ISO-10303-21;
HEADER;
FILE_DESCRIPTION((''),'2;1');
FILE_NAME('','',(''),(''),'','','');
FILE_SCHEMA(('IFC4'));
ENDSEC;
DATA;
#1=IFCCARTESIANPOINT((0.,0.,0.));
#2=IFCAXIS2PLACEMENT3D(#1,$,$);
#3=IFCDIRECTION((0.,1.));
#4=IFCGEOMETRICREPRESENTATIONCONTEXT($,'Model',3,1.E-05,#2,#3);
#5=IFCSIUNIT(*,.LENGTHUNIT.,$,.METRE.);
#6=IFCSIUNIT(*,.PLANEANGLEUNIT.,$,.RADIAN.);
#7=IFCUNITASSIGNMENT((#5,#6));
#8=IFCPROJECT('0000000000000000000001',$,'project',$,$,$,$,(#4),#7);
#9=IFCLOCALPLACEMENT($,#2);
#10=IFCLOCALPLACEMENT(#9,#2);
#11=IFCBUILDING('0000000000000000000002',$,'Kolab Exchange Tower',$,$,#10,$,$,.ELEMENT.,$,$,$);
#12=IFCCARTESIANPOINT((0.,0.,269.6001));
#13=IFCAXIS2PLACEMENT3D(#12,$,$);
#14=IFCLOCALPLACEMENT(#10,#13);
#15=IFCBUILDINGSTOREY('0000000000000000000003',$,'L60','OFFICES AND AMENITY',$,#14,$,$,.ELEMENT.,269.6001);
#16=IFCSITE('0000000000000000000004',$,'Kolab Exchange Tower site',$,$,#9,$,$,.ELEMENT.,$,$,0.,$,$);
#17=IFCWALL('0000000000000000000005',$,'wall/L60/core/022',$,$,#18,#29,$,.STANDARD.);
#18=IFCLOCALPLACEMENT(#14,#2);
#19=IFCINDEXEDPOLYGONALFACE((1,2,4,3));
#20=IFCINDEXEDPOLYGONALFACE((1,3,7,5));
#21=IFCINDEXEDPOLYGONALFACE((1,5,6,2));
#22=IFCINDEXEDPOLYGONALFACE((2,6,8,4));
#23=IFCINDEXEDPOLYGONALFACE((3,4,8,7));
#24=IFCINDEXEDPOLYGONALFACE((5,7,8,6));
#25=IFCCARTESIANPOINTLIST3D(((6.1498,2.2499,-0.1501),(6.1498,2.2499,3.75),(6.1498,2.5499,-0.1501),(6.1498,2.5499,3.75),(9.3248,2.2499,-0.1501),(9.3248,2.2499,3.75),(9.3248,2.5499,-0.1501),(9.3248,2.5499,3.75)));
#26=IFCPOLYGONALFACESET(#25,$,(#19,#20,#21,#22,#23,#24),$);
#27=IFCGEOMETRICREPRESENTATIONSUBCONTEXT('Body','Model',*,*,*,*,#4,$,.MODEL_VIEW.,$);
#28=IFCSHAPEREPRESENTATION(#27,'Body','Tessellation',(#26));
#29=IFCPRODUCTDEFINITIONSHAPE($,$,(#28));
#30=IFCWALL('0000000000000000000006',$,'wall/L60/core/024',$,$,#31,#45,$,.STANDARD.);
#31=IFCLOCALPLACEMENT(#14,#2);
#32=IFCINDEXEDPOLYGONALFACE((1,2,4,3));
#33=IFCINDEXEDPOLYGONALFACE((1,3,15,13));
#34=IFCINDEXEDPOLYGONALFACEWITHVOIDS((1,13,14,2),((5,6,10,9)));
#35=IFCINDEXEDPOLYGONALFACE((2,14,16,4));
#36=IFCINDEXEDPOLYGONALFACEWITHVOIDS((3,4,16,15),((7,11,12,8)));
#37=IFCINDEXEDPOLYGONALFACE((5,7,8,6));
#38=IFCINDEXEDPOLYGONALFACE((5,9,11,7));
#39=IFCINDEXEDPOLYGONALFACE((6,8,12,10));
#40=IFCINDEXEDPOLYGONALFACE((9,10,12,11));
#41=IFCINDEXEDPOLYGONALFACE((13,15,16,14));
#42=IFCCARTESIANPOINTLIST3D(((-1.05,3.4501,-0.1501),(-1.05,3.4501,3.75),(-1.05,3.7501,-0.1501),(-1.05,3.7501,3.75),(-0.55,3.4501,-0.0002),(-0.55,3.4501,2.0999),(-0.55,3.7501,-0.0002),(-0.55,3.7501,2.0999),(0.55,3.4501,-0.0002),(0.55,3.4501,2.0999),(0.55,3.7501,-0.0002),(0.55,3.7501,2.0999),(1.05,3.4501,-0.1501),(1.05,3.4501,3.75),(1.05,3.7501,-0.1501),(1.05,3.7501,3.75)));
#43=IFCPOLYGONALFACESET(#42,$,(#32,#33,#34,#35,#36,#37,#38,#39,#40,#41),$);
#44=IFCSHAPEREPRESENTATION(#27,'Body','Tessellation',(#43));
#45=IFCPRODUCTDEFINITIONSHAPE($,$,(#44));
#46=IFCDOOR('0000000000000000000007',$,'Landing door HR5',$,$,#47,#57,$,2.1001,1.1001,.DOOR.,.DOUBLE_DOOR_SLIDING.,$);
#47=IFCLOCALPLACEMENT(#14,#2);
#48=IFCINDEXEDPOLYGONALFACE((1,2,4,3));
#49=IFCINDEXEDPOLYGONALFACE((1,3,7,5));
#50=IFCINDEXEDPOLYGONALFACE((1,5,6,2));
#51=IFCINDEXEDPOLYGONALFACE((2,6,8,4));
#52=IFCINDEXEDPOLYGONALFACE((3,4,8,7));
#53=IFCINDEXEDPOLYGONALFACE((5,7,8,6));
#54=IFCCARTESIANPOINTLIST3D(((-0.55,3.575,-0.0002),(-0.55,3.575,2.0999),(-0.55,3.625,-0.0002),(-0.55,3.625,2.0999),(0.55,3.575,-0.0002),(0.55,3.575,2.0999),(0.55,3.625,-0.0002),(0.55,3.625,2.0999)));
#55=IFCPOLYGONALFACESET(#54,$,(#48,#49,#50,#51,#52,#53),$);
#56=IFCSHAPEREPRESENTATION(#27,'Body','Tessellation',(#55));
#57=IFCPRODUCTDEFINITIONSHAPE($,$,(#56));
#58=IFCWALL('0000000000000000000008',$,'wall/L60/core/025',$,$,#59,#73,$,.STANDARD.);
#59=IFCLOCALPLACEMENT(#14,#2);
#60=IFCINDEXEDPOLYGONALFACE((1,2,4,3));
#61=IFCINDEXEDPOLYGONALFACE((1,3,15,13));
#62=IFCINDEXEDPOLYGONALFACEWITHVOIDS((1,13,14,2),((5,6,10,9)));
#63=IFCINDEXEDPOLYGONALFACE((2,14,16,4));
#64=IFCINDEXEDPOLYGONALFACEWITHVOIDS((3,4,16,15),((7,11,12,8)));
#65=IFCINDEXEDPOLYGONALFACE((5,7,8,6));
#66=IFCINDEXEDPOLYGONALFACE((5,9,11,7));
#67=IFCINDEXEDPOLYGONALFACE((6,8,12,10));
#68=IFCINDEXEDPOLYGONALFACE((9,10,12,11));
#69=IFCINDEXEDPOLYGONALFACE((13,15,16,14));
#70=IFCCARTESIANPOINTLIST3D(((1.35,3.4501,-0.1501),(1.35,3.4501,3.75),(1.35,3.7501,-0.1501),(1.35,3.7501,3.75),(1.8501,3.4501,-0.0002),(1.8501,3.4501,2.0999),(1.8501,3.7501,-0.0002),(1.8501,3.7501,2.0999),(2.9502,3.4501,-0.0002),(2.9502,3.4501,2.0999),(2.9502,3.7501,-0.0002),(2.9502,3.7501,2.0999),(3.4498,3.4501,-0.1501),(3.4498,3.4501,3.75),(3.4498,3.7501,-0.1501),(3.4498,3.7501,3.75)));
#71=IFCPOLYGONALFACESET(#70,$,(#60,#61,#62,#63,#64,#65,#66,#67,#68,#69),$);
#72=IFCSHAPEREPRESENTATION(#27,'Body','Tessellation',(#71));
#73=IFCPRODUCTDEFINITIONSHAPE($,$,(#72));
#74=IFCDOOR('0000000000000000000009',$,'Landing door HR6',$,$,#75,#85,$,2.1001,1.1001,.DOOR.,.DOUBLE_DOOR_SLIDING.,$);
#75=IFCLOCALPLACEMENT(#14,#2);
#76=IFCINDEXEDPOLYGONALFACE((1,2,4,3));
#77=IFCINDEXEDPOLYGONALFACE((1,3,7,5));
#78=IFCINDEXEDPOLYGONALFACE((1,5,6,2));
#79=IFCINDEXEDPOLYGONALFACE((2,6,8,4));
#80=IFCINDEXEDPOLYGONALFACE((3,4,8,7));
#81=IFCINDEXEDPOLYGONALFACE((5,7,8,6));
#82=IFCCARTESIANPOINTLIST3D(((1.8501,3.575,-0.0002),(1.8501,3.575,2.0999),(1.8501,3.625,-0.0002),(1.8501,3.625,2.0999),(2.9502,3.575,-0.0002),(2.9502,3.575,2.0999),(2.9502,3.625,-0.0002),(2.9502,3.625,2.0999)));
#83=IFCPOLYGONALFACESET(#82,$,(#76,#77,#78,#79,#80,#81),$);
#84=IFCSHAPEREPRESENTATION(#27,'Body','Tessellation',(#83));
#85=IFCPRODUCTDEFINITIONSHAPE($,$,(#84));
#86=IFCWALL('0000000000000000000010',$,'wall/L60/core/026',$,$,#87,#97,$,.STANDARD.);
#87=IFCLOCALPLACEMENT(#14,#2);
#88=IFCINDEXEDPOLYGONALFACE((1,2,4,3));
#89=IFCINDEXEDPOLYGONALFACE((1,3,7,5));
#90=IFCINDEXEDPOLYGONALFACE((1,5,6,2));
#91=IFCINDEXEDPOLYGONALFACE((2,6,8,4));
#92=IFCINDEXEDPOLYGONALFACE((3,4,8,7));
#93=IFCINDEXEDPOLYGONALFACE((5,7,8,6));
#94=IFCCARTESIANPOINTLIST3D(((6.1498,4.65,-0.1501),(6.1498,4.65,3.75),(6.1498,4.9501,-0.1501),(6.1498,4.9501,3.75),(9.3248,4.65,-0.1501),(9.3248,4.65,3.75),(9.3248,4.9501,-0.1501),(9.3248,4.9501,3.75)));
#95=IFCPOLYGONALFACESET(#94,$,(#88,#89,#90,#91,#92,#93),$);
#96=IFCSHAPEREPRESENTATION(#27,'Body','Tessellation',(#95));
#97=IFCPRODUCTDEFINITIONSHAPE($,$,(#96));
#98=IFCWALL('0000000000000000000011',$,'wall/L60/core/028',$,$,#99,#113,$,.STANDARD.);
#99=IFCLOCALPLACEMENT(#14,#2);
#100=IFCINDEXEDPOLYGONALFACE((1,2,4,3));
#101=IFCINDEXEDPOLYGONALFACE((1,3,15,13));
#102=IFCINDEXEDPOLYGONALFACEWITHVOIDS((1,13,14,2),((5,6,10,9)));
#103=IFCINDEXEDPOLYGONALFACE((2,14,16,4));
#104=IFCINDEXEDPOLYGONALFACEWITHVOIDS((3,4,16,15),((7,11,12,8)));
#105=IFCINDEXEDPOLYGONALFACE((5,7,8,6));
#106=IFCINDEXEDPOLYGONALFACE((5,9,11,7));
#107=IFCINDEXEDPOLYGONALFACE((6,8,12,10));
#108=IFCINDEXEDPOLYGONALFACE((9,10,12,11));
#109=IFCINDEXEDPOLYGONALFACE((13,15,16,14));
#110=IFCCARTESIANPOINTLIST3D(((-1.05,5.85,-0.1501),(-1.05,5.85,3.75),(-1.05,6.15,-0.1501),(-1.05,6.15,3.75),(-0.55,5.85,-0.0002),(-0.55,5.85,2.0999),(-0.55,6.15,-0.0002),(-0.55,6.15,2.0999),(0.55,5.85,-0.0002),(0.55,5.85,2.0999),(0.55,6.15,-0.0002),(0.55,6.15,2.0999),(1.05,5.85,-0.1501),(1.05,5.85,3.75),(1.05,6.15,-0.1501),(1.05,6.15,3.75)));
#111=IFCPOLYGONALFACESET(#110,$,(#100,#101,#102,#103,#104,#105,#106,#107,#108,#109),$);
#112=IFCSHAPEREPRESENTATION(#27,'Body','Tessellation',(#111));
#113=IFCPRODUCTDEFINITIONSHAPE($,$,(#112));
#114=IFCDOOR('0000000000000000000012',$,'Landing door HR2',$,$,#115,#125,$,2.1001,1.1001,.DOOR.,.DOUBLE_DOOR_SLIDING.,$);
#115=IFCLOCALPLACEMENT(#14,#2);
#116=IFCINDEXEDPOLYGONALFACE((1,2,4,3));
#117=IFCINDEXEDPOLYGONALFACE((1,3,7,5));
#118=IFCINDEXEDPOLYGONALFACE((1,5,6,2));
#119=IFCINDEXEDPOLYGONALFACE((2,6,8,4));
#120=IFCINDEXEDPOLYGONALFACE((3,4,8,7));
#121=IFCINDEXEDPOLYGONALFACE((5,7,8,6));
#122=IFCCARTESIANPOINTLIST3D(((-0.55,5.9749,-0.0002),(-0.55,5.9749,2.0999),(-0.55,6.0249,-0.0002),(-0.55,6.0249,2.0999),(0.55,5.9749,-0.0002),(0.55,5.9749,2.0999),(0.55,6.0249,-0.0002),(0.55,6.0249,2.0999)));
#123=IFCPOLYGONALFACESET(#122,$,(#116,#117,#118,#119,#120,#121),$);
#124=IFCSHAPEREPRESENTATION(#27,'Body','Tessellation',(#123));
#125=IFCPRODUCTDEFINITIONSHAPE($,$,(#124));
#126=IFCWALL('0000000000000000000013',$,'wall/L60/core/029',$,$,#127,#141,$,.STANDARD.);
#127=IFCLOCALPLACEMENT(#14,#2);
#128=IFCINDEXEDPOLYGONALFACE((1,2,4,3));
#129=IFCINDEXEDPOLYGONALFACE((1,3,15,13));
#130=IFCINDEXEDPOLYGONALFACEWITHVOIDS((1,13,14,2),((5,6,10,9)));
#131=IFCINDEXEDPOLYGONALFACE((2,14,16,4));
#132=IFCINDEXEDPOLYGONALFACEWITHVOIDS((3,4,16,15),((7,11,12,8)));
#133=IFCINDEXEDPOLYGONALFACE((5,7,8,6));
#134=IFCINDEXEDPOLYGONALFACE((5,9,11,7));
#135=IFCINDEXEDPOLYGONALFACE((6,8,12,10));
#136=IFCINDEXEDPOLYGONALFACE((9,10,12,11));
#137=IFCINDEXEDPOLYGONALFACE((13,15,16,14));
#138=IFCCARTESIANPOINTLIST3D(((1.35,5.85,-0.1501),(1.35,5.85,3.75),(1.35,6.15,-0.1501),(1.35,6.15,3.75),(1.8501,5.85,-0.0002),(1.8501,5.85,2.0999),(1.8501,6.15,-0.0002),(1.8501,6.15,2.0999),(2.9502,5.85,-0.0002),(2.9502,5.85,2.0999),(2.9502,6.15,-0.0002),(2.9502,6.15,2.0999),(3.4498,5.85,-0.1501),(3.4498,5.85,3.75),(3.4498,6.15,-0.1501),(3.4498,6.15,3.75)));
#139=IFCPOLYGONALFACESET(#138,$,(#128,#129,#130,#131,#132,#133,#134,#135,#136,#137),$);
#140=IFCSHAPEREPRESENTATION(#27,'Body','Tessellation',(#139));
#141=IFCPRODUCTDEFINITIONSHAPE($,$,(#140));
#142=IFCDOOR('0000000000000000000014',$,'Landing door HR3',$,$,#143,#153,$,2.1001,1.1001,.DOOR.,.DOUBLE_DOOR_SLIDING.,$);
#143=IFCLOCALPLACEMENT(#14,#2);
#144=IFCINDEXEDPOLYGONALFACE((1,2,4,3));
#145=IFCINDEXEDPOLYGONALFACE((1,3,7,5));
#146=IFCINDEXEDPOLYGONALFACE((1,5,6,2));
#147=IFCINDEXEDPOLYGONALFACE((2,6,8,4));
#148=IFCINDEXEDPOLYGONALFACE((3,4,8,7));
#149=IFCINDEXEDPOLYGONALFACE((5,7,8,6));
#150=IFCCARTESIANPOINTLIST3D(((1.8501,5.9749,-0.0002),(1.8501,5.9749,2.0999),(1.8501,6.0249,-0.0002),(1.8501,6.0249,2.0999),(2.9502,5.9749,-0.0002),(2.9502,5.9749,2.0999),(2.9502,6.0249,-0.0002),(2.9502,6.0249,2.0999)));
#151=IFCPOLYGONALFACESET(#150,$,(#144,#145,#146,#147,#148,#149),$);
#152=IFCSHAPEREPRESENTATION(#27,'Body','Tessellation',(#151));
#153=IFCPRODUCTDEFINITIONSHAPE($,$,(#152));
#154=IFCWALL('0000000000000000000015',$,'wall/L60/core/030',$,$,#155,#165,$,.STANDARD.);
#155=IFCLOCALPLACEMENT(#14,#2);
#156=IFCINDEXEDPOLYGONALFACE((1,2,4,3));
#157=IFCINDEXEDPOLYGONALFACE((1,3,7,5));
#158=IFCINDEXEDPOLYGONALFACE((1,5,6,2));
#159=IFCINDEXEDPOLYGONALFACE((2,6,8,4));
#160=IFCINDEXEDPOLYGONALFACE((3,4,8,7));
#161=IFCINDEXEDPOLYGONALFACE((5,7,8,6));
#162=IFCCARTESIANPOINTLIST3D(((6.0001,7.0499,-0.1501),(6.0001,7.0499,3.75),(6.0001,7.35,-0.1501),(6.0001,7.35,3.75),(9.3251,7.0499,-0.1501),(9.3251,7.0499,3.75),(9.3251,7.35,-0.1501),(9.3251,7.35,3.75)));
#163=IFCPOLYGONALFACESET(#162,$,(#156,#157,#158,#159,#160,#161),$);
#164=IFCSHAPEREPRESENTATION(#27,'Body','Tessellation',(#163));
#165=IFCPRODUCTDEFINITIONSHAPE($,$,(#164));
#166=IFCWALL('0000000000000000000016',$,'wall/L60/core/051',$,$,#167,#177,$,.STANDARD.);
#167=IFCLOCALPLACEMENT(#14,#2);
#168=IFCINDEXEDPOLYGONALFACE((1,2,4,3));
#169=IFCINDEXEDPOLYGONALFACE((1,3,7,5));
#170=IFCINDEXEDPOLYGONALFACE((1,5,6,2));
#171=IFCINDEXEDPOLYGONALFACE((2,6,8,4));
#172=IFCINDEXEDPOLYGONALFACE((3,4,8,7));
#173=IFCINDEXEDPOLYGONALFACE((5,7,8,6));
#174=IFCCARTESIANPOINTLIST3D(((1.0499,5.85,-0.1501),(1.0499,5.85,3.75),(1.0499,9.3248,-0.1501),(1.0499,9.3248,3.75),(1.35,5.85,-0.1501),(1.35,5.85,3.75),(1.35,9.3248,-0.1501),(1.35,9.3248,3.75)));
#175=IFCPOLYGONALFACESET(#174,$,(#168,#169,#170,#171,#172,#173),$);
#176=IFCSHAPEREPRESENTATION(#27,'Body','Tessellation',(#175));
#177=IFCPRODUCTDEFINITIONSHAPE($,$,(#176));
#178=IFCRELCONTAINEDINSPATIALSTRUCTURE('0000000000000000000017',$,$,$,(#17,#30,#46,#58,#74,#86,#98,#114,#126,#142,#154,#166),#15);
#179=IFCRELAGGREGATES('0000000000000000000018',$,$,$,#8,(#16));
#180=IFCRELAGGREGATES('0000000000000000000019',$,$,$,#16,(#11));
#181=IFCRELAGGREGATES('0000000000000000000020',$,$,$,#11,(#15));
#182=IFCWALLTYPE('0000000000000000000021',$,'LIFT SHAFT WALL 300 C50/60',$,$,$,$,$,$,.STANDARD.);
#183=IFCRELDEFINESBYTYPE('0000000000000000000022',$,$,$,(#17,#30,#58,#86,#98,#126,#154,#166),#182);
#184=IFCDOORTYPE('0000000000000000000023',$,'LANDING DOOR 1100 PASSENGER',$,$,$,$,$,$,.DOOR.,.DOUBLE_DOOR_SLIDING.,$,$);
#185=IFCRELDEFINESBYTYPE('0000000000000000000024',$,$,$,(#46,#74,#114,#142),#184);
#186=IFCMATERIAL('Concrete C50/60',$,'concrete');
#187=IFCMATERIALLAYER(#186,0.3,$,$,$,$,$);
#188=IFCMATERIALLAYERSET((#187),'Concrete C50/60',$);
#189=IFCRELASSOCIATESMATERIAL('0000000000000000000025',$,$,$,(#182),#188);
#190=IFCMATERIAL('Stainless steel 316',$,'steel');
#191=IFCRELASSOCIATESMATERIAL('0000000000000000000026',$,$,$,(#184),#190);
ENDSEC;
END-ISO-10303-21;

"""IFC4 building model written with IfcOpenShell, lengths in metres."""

from ifc_helpers import new_model, si_unit, direction, frame, frame_2d, origin, place, context, subcontext, project, spatial, rectangle, extrude, material, layer, layer_set, type_object, element, fill, save


model = new_model("IFC4")

# Units and contexts
model_context = context("Model", 3, precision=1e-05, world=origin(), true_north=direction((0.0, 1.0)))
body_context = subcontext(model_context, "Body", "Model", "MODEL_VIEW")
ifc_project = project(units=[si_unit("LENGTHUNIT", "METRE"), si_unit("PLANEANGLEUNIT", "RADIAN")], contexts=[model_context])

# Site, building, storey
site_placement = place(None, origin())
site = spatial("IfcSite", under=ifc_project, at=site_placement, Name="Kolab Exchange Tower site", CompositionType="ELEMENT", RefElevation=0.0)
building_placement = place(site_placement, origin())
building = spatial("IfcBuilding", under=site, at=building_placement, Name="Kolab Exchange Tower", CompositionType="ELEMENT")
storey_placement = place(building_placement, frame((0.0, 0.0, 269.6001)))
storey = spatial("IfcBuildingStorey", under=building, at=storey_placement, Name="L60", Description="OFFICES AND AMENITY", CompositionType="ELEMENT", Elevation=269.6001)

# Shared definitions
ifc_material_1 = material(Name="Concrete C50/60", Category="concrete")

# Wall
ifc_layer_1 = layer(ifc_material_1, 0.3)
ifc_layer_set_1 = layer_set([ifc_layer_1], Name="Concrete C50/60")
wall_type_1 = type_object("IfcWallType", Name="LIFT SHAFT WALL 300 C50/60", PredefinedType="STANDARD", material=ifc_layer_set_1)
wall_1_placement = place(storey_placement, frame((6.1499, 2.3999, -0.1501), z_axis=(0.0, 0.0, 1.0), x_axis=(1.0, 0.0, 0.0)))
element("IfcWall", 1, at=wall_1_placement, inside=storey, type_object=wall_type_1, Name="wall/L60/core/022", PredefinedType="STANDARD", context=body_context, shape_type="SweptSolid", body=[
    extrude(rectangle(XDim=3.175, YDim=0.3, at=frame_2d((1.5874, 0.0))), origin(), (0.0, 0.0, 1.0), 3.9001),
])

# Walls, openings, doors
wall_2_placement = place(storey_placement, frame((-1.05, 3.6001, -0.1501), z_axis=(0.0, 0.0, 1.0), x_axis=(1.0, 0.0, 0.0)))
wall_2 = element("IfcWall", 2, at=wall_2_placement, inside=storey, type_object=wall_type_1, Name="wall/L60/core/024", PredefinedType="STANDARD", context=body_context, shape_type="SweptSolid", body=[
    extrude(rectangle(XDim=2.1001, YDim=0.3, at=frame_2d((1.05, 0.0))), origin(), (0.0, 0.0, 1.0), 3.9001),
])
opening_1_placement = place(wall_2_placement, frame((0.5, 0.0, 0.1499)))
opening_1 = element("IfcOpeningElement", 3, at=opening_1_placement, cuts=wall_2, PredefinedType="OPENING", context=body_context, shape_type="SweptSolid", body=[
    extrude(rectangle(XDim=1.1001, YDim=2.1001, at=frame_2d((0.55, 1.05))), frame((0.0, 0.1602, 0.0), z_axis=(0.0, -1.0, 0.0), x_axis=(1.0, 0.0, 0.0)), (0.0, 0.0, 1.0), 0.3201),
])
ifc_material_2 = material(Name="Stainless steel 316", Category="steel")
door_type_1 = type_object("IfcDoorType", Name="LANDING DOOR 1100 PASSENGER", OperationType="DOUBLE_DOOR_SLIDING", PredefinedType="DOOR", material=ifc_material_2)
door_1_placement = place(opening_1_placement, origin())
door_1 = element("IfcDoor", 4, at=door_1_placement, inside=storey, type_object=door_type_1, Name="Landing door HR5", OperationType="DOUBLE_DOOR_SLIDING", OverallHeight=2.1001, OverallWidth=1.1001, PredefinedType="DOOR", context=body_context, shape_type="SweptSolid", body=[
    extrude(rectangle(XDim=1.1001, YDim=2.1001, at=frame_2d((0.55, 1.05))), frame((0.0, 0.0249, 0.0), z_axis=(0.0, -1.0, 0.0), x_axis=(1.0, 0.0, 0.0)), (0.0, 0.0, 1.0), 0.05),
])
fill(opening_1, door_1)
wall_3_placement = place(storey_placement, frame((1.3501, 3.6001, -0.1501), z_axis=(0.0, 0.0, 1.0), x_axis=(1.0, 0.0, 0.0)))
wall_3 = element("IfcWall", 5, at=wall_3_placement, inside=storey, type_object=wall_type_1, Name="wall/L60/core/025", PredefinedType="STANDARD", context=body_context, shape_type="SweptSolid", body=[
    extrude(rectangle(XDim=2.0999, YDim=0.3, at=frame_2d((1.0498, 0.0))), origin(), (0.0, 0.0, 1.0), 3.9001),
])
opening_2_placement = place(wall_3_placement, frame((0.5, 0.0, 0.1499)))
opening_2 = element("IfcOpeningElement", 6, at=opening_2_placement, cuts=wall_3, PredefinedType="OPENING", context=body_context, shape_type="SweptSolid", body=[
    extrude(rectangle(XDim=1.1001, YDim=2.1001, at=frame_2d((0.55, 1.05))), frame((0.0, 0.1602, 0.0), z_axis=(0.0, -1.0, 0.0), x_axis=(1.0, 0.0, 0.0)), (0.0, 0.0, 1.0), 0.3201),
])
door_2_placement = place(opening_2_placement, origin())
door_2 = element("IfcDoor", 7, at=door_2_placement, inside=storey, type_object=door_type_1, Name="Landing door HR6", OperationType="DOUBLE_DOOR_SLIDING", OverallHeight=2.1001, OverallWidth=1.1001, PredefinedType="DOOR", context=body_context, shape_type="SweptSolid", body=[
    extrude(rectangle(XDim=1.1001, YDim=2.1001, at=frame_2d((0.55, 1.05))), frame((0.0, 0.0249, 0.0), z_axis=(0.0, -1.0, 0.0), x_axis=(1.0, 0.0, 0.0)), (0.0, 0.0, 1.0), 0.05),
])
fill(opening_2, door_2)

# Wall
wall_4_placement = place(storey_placement, frame((6.1499, 4.8, -0.1501), z_axis=(0.0, 0.0, 1.0), x_axis=(1.0, 0.0, 0.0)))
element("IfcWall", 8, at=wall_4_placement, inside=storey, type_object=wall_type_1, Name="wall/L60/core/026", PredefinedType="STANDARD", context=body_context, shape_type="SweptSolid", body=[
    extrude(rectangle(XDim=3.175, YDim=0.3, at=frame_2d((1.5874, 0.0))), origin(), (0.0, 0.0, 1.0), 3.9001),
])

# Walls, openings, doors
wall_5_placement = place(storey_placement, frame((-1.05, 6.0, -0.1501), z_axis=(0.0, 0.0, 1.0), x_axis=(1.0, 0.0, 0.0)))
wall_5 = element("IfcWall", 9, at=wall_5_placement, inside=storey, type_object=wall_type_1, Name="wall/L60/core/028", PredefinedType="STANDARD", context=body_context, shape_type="SweptSolid", body=[
    extrude(rectangle(XDim=2.1001, YDim=0.3, at=frame_2d((1.05, 0.0))), origin(), (0.0, 0.0, 1.0), 3.9001),
])
opening_3_placement = place(wall_5_placement, frame((0.5, 0.0, 0.1499)))
opening_3 = element("IfcOpeningElement", 10, at=opening_3_placement, cuts=wall_5, PredefinedType="OPENING", context=body_context, shape_type="SweptSolid", body=[
    extrude(rectangle(XDim=1.1001, YDim=2.1001, at=frame_2d((0.55, 1.05))), frame((0.0, 0.1602, 0.0), z_axis=(0.0, -1.0, 0.0), x_axis=(1.0, 0.0, 0.0)), (0.0, 0.0, 1.0), 0.3201),
])
door_3_placement = place(opening_3_placement, origin())
door_3 = element("IfcDoor", 11, at=door_3_placement, inside=storey, type_object=door_type_1, Name="Landing door HR2", OperationType="DOUBLE_DOOR_SLIDING", OverallHeight=2.1001, OverallWidth=1.1001, PredefinedType="DOOR", context=body_context, shape_type="SweptSolid", body=[
    extrude(rectangle(XDim=1.1001, YDim=2.1001, at=frame_2d((0.55, 1.05))), frame((0.0, 0.0249, 0.0), z_axis=(0.0, -1.0, 0.0), x_axis=(1.0, 0.0, 0.0)), (0.0, 0.0, 1.0), 0.05),
])
fill(opening_3, door_3)
wall_6_placement = place(storey_placement, frame((1.3501, 6.0, -0.1501), z_axis=(0.0, 0.0, 1.0), x_axis=(1.0, 0.0, 0.0)))
wall_6 = element("IfcWall", 12, at=wall_6_placement, inside=storey, type_object=wall_type_1, Name="wall/L60/core/029", PredefinedType="STANDARD", context=body_context, shape_type="SweptSolid", body=[
    extrude(rectangle(XDim=2.0999, YDim=0.3, at=frame_2d((1.0498, 0.0))), origin(), (0.0, 0.0, 1.0), 3.9001),
])
opening_4_placement = place(wall_6_placement, frame((0.5, 0.0, 0.1499)))
opening_4 = element("IfcOpeningElement", 13, at=opening_4_placement, cuts=wall_6, PredefinedType="OPENING", context=body_context, shape_type="SweptSolid", body=[
    extrude(rectangle(XDim=1.1001, YDim=2.1001, at=frame_2d((0.55, 1.05))), frame((0.0, 0.1602, 0.0), z_axis=(0.0, -1.0, 0.0), x_axis=(1.0, 0.0, 0.0)), (0.0, 0.0, 1.0), 0.3201),
])
door_4_placement = place(opening_4_placement, origin())
door_4 = element("IfcDoor", 14, at=door_4_placement, inside=storey, type_object=door_type_1, Name="Landing door HR3", OperationType="DOUBLE_DOOR_SLIDING", OverallHeight=2.1001, OverallWidth=1.1001, PredefinedType="DOOR", context=body_context, shape_type="SweptSolid", body=[
    extrude(rectangle(XDim=1.1001, YDim=2.1001, at=frame_2d((0.55, 1.05))), frame((0.0, 0.0249, 0.0), z_axis=(0.0, -1.0, 0.0), x_axis=(1.0, 0.0, 0.0)), (0.0, 0.0, 1.0), 0.05),
])
fill(opening_4, door_4)

# Walls
wall_7_placement = place(storey_placement, frame((6.0, 7.2, -0.1501), z_axis=(0.0, 0.0, 1.0), x_axis=(1.0, 0.0, 0.0)))
element("IfcWall", 15, at=wall_7_placement, inside=storey, type_object=wall_type_1, Name="wall/L60/core/030", PredefinedType="STANDARD", context=body_context, shape_type="SweptSolid", body=[
    extrude(rectangle(XDim=3.325, YDim=0.3, at=frame_2d((1.6626, 0.0))), origin(), (0.0, 0.0, 1.0), 3.9001),
])
for number, where, z_axis, x_axis, name in (
    (16, (1.2, 5.8501, -0.1501), (0.0, 0.0, 1.0), (0.0, 1.0, 0.0), "wall/L60/core/051"),
):
    element("IfcWall", number, at=place(storey_placement, frame(where, z_axis=z_axis, x_axis=x_axis)), inside=storey, type_object=wall_type_1, Name=name, PredefinedType="STANDARD", context=body_context, shape_type="SweptSolid", body=[
        extrude(rectangle(XDim=3.4749, YDim=0.3, at=frame_2d((1.7373, 0.0))), origin(), (0.0, 0.0, 1.0), 3.9001),
    ])

save(model, "model.ifc")
